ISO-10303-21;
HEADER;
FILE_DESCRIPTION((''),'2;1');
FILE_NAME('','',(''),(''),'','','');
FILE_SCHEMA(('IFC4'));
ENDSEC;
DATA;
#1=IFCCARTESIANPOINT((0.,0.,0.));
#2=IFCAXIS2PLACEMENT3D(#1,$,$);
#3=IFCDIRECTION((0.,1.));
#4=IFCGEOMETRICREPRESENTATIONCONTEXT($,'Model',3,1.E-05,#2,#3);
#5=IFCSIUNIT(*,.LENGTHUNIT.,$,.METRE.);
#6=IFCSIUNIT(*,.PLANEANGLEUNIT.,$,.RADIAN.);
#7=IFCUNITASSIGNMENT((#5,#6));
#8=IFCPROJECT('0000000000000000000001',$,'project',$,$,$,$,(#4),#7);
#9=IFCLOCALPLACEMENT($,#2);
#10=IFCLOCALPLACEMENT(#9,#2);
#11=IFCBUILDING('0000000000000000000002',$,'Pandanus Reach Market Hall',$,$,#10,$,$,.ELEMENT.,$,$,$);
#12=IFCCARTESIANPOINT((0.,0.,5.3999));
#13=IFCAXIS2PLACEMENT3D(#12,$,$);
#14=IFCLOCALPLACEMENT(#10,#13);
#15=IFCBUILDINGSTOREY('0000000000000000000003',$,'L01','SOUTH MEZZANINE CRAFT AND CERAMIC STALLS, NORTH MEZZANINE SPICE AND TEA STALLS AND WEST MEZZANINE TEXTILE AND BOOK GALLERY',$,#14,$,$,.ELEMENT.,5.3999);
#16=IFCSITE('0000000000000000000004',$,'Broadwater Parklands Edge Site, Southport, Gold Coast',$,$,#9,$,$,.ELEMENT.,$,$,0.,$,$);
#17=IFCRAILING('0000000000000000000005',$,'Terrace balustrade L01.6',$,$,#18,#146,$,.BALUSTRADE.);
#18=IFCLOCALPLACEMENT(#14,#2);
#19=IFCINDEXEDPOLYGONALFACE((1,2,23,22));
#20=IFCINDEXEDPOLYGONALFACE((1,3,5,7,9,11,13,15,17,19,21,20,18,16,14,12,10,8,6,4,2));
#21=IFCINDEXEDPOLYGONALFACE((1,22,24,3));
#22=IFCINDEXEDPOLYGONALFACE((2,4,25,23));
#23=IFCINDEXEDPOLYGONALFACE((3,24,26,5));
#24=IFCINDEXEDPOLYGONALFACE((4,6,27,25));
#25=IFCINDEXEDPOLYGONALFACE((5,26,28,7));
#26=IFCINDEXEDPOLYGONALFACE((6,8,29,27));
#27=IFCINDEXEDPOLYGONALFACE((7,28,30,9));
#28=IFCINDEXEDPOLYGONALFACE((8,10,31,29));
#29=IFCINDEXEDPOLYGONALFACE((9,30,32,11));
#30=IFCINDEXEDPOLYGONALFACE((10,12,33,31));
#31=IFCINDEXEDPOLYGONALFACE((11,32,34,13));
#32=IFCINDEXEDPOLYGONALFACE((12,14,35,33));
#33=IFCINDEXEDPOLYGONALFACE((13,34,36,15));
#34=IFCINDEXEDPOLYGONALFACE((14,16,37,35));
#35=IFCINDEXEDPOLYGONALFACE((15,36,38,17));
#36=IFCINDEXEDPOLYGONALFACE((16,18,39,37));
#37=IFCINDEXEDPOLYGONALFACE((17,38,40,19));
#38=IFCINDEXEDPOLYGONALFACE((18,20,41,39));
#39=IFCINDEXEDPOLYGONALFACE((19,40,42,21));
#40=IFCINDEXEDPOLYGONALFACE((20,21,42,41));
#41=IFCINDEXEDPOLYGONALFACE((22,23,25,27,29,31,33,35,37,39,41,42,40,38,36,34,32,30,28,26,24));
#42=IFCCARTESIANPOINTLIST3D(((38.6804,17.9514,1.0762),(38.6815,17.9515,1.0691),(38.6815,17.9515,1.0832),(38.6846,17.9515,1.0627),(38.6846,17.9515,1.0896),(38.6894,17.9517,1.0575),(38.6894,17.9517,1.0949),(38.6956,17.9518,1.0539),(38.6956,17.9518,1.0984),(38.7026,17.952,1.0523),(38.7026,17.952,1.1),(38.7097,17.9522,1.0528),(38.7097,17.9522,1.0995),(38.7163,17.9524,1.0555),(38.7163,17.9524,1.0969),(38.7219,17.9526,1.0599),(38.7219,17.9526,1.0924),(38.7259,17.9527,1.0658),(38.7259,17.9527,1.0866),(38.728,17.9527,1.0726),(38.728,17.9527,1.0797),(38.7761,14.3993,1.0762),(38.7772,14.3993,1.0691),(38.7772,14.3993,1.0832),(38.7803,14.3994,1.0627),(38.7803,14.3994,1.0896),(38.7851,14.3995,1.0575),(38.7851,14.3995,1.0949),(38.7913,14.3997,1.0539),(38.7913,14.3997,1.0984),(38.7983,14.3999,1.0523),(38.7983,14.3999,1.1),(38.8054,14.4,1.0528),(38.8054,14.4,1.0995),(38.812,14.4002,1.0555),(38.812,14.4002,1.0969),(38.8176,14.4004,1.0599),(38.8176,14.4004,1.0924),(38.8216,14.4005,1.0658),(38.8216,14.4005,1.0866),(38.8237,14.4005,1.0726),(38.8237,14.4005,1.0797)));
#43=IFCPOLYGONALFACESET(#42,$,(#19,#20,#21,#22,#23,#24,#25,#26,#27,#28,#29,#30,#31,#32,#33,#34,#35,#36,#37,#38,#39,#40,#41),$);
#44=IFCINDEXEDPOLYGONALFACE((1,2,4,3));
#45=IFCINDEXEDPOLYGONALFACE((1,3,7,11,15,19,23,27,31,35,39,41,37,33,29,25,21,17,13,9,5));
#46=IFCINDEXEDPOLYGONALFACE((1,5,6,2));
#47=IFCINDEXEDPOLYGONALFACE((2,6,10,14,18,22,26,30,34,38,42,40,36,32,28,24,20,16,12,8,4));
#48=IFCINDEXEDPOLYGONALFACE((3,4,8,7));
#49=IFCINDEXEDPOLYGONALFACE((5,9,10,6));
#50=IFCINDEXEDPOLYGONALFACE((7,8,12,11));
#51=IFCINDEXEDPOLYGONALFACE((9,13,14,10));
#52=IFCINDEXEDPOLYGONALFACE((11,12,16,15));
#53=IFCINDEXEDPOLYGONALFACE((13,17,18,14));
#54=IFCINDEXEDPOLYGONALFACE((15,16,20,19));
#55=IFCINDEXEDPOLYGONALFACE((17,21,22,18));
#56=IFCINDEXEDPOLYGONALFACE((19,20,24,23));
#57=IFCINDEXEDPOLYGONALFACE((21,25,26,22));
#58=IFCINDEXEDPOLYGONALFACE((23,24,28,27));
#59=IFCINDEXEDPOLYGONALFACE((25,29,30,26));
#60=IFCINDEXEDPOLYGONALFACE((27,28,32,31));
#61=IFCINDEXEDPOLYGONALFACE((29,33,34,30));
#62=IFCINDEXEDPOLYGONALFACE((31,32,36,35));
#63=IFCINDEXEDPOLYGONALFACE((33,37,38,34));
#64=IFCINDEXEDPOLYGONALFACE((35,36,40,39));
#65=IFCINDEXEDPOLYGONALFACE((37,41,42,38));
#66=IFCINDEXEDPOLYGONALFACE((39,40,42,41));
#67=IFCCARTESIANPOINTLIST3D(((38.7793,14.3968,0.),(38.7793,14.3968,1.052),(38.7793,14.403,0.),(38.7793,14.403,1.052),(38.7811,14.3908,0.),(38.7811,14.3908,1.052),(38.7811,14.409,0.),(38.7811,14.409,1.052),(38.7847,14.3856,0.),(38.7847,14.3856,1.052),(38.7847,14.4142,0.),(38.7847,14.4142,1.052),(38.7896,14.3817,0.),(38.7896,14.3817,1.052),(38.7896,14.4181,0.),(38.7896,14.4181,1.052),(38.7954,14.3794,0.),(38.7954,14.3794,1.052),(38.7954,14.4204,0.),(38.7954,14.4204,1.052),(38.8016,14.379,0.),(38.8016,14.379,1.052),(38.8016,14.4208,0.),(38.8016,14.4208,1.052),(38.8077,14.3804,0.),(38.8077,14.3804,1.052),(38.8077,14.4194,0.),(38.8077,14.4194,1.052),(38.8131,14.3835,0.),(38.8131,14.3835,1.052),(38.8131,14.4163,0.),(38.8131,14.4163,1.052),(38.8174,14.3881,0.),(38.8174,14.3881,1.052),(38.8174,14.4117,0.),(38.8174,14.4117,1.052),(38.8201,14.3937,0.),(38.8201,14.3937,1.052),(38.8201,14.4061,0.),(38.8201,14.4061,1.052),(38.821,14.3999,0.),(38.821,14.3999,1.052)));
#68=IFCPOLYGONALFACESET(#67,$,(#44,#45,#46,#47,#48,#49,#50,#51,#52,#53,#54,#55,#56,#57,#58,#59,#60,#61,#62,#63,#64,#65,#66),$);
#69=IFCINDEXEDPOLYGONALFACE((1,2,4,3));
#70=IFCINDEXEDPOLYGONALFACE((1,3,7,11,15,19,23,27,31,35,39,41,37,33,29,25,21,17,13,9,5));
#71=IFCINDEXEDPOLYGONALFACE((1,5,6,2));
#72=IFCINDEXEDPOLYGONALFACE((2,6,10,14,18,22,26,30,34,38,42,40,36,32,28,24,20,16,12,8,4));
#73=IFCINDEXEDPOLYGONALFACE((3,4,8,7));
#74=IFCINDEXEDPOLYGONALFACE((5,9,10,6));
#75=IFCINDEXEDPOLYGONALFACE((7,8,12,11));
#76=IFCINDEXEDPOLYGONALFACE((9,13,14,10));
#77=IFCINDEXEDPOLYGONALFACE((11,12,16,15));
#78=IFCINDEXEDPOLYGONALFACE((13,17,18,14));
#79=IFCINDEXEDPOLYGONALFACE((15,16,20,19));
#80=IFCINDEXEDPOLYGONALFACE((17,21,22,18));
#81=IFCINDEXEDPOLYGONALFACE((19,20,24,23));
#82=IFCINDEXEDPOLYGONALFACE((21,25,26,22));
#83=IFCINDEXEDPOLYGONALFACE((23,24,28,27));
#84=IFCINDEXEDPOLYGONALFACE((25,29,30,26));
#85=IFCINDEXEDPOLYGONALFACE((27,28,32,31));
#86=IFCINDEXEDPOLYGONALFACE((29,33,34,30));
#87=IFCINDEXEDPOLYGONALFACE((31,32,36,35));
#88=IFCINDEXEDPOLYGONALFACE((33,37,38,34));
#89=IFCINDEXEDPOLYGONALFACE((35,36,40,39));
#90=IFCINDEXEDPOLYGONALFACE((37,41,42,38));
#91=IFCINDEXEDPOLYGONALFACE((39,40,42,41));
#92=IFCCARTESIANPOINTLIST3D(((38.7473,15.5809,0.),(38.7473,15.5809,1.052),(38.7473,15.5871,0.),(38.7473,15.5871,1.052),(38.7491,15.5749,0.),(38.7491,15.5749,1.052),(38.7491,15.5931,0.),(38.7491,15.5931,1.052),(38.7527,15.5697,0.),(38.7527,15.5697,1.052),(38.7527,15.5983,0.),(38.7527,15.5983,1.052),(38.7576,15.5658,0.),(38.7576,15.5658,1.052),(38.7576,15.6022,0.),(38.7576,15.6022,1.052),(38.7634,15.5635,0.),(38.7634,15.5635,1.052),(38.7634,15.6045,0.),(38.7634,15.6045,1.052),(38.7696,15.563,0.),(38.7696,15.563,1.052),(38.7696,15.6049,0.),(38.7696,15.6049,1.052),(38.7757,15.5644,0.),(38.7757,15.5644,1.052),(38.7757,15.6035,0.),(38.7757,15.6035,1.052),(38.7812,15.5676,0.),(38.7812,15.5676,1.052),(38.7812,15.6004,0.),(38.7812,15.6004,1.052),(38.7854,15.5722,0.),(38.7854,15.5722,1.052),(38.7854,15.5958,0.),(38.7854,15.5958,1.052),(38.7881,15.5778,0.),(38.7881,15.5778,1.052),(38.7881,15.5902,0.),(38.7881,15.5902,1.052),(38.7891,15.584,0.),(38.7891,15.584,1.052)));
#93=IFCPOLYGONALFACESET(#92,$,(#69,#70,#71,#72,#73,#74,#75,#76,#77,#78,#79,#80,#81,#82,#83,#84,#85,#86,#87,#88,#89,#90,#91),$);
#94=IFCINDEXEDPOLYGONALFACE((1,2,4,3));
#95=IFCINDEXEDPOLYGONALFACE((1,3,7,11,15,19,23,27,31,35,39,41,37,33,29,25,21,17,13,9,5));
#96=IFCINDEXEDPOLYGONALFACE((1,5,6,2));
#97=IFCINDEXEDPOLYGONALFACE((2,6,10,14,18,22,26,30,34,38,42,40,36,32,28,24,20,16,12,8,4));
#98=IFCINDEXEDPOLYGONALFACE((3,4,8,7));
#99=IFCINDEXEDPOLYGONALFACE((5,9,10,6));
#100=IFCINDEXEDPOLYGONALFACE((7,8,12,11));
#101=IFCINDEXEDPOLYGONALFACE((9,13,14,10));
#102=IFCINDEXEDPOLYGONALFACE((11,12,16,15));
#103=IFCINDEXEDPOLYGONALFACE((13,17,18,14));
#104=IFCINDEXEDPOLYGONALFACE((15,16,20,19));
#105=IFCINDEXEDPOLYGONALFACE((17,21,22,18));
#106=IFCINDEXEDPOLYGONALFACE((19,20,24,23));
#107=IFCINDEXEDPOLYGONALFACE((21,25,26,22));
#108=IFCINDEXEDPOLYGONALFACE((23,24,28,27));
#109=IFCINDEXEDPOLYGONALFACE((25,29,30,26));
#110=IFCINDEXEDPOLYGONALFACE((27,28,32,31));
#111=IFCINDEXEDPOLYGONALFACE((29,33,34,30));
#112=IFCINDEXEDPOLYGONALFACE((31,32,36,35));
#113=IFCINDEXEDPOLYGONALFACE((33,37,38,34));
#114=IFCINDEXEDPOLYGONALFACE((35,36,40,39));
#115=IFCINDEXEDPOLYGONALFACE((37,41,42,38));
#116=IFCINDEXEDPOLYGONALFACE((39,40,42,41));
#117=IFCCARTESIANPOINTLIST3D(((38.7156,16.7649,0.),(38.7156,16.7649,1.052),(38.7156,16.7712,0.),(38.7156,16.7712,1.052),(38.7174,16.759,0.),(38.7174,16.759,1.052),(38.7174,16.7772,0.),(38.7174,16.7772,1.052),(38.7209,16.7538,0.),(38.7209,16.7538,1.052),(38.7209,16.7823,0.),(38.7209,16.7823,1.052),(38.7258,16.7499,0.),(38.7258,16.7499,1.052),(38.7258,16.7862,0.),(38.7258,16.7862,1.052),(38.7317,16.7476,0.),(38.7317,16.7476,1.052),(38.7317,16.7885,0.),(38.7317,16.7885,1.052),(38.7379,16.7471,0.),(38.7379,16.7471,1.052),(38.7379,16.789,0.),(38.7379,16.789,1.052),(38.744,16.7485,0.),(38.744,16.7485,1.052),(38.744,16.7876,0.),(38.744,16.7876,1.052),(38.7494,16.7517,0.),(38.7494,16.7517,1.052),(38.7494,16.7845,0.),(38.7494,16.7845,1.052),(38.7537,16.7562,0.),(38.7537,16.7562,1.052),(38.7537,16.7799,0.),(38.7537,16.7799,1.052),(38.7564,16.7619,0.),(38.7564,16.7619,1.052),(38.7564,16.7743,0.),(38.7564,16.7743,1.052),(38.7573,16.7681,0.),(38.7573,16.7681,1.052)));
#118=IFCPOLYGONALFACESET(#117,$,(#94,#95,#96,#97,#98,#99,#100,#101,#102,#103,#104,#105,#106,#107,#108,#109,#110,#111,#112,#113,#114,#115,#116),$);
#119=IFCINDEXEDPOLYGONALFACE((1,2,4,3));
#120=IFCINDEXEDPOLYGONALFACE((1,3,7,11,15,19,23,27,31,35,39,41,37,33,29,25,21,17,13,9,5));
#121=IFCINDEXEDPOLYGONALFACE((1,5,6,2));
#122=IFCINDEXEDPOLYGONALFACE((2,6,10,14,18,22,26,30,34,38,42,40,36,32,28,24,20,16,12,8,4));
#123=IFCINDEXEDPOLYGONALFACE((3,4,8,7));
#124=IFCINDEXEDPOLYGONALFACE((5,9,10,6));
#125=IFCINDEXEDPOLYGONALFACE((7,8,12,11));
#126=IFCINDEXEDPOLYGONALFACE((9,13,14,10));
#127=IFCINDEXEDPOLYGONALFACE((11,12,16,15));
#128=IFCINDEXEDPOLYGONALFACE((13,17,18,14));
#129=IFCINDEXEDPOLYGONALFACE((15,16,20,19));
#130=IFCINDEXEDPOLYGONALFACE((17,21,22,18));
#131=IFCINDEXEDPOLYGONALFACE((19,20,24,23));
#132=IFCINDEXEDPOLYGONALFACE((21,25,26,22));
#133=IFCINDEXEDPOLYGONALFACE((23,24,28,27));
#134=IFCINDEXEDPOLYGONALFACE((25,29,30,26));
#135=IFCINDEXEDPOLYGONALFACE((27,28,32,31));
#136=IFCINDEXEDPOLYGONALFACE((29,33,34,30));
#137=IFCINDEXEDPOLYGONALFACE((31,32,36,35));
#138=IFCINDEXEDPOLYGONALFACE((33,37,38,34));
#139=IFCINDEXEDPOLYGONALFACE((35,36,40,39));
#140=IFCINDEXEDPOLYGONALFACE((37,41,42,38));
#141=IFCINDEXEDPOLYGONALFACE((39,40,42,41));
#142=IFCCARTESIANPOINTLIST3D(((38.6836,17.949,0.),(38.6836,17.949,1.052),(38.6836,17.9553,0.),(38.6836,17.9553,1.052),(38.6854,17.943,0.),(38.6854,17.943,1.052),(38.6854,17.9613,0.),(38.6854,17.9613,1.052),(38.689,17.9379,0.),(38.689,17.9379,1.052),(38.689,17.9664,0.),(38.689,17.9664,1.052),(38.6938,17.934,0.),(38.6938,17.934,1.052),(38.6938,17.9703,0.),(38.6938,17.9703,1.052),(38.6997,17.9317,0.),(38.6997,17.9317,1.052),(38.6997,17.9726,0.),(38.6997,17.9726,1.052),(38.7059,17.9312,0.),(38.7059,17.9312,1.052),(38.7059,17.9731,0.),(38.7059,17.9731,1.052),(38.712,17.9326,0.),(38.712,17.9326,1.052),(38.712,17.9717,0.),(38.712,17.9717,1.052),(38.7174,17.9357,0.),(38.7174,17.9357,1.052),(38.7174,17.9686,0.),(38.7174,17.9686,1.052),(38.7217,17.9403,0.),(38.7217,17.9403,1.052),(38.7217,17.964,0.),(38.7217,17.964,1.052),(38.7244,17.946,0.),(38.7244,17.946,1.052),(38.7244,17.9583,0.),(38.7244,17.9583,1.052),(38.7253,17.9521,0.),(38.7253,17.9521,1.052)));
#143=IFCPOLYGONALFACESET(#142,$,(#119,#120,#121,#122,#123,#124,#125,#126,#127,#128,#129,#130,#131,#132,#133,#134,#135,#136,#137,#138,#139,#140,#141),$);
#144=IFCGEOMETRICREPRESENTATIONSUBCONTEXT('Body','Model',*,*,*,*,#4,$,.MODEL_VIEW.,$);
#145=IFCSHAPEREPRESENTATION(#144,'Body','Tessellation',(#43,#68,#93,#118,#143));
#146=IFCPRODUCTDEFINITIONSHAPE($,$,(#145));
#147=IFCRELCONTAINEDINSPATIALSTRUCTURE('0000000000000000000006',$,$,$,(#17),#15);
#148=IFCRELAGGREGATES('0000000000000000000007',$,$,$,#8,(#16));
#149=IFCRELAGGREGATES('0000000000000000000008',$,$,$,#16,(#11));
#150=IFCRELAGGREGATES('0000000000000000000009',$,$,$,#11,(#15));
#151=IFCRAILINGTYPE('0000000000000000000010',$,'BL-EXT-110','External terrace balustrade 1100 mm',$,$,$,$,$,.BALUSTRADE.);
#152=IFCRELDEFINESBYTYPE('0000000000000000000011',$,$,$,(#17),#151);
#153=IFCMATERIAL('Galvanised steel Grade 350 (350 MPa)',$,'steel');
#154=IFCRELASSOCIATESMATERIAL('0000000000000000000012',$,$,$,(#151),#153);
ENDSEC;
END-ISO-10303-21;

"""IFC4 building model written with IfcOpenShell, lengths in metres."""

from ifc_helpers import new_model, si_unit, direction, frame, origin, origin_2d, place, context, subcontext, project, spatial, circle, extrude, material, type_object, element, save


model = new_model("IFC4")

# Units and contexts
model_context = context("Model", 3, precision=1e-05, world=origin(), true_north=direction((0.0, 1.0)))
body_context = subcontext(model_context, "Body", "Model", "MODEL_VIEW")
ifc_project = project(units=[si_unit("LENGTHUNIT", "METRE"), si_unit("PLANEANGLEUNIT", "RADIAN")], contexts=[model_context])

# Site, building, storey
site_placement = place(None, origin())
site = spatial("IfcSite", under=ifc_project, at=site_placement, Name="Broadwater Parklands Edge Site, Southport, Gold Coast", CompositionType="ELEMENT", RefElevation=0.0)
building_placement = place(site_placement, origin())
building = spatial("IfcBuilding", under=site, at=building_placement, Name="Pandanus Reach Market Hall", CompositionType="ELEMENT")
storey_placement = place(building_placement, frame((0.0, 0.0, 5.3999)))
storey = spatial("IfcBuildingStorey", under=building, at=storey_placement, Name="L01", Description="SOUTH MEZZANINE CRAFT AND CERAMIC STALLS, NORTH MEZZANINE SPICE AND TEA STALLS AND WEST MEZZANINE TEXTILE AND BOOK GALLERY", CompositionType="ELEMENT", Elevation=5.3999)

# Railing
ifc_material_1 = material(Name="Galvanised steel Grade 350 (350 MPa)", Category="steel")
railing_type = type_object("IfcRailingType", Name="BL-EXT-110", Description="External terrace balustrade 1100 mm", PredefinedType="BALUSTRADE", material=ifc_material_1)
railing_1_placement = place(storey_placement, frame((38.8, 14.3999, 0.0)))
element("IfcRailing", 1, at=railing_1_placement, inside=storey, type_object=railing_type, Name="Terrace balustrade L01.6", PredefinedType="BALUSTRADE", context=body_context, shape_type="SweptSolid", body=[
    extrude(circle(Radius=0.0239, at=origin_2d()), frame((0.0, 0.0, 1.0762), z_axis=(-0.026932, 0.999637, 0.0), x_axis=(-0.999637, -0.026932, 0.0)), (0.0, 0.0, 1.0), 3.5535),
    extrude(circle(Radius=0.021, at=origin_2d()), origin(), (0.0, 0.0, 1.0), 1.052),
    extrude(circle(Radius=0.021, at=origin_2d()), frame((-0.032, 1.1841, 0.0)), (0.0, 0.0, 1.0), 1.052),
    extrude(circle(Radius=0.021, at=origin_2d()), frame((-0.0637, 2.3682, 0.0)), (0.0, 0.0, 1.0), 1.052),
    extrude(circle(Radius=0.021, at=origin_2d()), frame((-0.0957, 3.5522, 0.0)), (0.0, 0.0, 1.0), 1.052),
])

save(model, "model.ifc")
